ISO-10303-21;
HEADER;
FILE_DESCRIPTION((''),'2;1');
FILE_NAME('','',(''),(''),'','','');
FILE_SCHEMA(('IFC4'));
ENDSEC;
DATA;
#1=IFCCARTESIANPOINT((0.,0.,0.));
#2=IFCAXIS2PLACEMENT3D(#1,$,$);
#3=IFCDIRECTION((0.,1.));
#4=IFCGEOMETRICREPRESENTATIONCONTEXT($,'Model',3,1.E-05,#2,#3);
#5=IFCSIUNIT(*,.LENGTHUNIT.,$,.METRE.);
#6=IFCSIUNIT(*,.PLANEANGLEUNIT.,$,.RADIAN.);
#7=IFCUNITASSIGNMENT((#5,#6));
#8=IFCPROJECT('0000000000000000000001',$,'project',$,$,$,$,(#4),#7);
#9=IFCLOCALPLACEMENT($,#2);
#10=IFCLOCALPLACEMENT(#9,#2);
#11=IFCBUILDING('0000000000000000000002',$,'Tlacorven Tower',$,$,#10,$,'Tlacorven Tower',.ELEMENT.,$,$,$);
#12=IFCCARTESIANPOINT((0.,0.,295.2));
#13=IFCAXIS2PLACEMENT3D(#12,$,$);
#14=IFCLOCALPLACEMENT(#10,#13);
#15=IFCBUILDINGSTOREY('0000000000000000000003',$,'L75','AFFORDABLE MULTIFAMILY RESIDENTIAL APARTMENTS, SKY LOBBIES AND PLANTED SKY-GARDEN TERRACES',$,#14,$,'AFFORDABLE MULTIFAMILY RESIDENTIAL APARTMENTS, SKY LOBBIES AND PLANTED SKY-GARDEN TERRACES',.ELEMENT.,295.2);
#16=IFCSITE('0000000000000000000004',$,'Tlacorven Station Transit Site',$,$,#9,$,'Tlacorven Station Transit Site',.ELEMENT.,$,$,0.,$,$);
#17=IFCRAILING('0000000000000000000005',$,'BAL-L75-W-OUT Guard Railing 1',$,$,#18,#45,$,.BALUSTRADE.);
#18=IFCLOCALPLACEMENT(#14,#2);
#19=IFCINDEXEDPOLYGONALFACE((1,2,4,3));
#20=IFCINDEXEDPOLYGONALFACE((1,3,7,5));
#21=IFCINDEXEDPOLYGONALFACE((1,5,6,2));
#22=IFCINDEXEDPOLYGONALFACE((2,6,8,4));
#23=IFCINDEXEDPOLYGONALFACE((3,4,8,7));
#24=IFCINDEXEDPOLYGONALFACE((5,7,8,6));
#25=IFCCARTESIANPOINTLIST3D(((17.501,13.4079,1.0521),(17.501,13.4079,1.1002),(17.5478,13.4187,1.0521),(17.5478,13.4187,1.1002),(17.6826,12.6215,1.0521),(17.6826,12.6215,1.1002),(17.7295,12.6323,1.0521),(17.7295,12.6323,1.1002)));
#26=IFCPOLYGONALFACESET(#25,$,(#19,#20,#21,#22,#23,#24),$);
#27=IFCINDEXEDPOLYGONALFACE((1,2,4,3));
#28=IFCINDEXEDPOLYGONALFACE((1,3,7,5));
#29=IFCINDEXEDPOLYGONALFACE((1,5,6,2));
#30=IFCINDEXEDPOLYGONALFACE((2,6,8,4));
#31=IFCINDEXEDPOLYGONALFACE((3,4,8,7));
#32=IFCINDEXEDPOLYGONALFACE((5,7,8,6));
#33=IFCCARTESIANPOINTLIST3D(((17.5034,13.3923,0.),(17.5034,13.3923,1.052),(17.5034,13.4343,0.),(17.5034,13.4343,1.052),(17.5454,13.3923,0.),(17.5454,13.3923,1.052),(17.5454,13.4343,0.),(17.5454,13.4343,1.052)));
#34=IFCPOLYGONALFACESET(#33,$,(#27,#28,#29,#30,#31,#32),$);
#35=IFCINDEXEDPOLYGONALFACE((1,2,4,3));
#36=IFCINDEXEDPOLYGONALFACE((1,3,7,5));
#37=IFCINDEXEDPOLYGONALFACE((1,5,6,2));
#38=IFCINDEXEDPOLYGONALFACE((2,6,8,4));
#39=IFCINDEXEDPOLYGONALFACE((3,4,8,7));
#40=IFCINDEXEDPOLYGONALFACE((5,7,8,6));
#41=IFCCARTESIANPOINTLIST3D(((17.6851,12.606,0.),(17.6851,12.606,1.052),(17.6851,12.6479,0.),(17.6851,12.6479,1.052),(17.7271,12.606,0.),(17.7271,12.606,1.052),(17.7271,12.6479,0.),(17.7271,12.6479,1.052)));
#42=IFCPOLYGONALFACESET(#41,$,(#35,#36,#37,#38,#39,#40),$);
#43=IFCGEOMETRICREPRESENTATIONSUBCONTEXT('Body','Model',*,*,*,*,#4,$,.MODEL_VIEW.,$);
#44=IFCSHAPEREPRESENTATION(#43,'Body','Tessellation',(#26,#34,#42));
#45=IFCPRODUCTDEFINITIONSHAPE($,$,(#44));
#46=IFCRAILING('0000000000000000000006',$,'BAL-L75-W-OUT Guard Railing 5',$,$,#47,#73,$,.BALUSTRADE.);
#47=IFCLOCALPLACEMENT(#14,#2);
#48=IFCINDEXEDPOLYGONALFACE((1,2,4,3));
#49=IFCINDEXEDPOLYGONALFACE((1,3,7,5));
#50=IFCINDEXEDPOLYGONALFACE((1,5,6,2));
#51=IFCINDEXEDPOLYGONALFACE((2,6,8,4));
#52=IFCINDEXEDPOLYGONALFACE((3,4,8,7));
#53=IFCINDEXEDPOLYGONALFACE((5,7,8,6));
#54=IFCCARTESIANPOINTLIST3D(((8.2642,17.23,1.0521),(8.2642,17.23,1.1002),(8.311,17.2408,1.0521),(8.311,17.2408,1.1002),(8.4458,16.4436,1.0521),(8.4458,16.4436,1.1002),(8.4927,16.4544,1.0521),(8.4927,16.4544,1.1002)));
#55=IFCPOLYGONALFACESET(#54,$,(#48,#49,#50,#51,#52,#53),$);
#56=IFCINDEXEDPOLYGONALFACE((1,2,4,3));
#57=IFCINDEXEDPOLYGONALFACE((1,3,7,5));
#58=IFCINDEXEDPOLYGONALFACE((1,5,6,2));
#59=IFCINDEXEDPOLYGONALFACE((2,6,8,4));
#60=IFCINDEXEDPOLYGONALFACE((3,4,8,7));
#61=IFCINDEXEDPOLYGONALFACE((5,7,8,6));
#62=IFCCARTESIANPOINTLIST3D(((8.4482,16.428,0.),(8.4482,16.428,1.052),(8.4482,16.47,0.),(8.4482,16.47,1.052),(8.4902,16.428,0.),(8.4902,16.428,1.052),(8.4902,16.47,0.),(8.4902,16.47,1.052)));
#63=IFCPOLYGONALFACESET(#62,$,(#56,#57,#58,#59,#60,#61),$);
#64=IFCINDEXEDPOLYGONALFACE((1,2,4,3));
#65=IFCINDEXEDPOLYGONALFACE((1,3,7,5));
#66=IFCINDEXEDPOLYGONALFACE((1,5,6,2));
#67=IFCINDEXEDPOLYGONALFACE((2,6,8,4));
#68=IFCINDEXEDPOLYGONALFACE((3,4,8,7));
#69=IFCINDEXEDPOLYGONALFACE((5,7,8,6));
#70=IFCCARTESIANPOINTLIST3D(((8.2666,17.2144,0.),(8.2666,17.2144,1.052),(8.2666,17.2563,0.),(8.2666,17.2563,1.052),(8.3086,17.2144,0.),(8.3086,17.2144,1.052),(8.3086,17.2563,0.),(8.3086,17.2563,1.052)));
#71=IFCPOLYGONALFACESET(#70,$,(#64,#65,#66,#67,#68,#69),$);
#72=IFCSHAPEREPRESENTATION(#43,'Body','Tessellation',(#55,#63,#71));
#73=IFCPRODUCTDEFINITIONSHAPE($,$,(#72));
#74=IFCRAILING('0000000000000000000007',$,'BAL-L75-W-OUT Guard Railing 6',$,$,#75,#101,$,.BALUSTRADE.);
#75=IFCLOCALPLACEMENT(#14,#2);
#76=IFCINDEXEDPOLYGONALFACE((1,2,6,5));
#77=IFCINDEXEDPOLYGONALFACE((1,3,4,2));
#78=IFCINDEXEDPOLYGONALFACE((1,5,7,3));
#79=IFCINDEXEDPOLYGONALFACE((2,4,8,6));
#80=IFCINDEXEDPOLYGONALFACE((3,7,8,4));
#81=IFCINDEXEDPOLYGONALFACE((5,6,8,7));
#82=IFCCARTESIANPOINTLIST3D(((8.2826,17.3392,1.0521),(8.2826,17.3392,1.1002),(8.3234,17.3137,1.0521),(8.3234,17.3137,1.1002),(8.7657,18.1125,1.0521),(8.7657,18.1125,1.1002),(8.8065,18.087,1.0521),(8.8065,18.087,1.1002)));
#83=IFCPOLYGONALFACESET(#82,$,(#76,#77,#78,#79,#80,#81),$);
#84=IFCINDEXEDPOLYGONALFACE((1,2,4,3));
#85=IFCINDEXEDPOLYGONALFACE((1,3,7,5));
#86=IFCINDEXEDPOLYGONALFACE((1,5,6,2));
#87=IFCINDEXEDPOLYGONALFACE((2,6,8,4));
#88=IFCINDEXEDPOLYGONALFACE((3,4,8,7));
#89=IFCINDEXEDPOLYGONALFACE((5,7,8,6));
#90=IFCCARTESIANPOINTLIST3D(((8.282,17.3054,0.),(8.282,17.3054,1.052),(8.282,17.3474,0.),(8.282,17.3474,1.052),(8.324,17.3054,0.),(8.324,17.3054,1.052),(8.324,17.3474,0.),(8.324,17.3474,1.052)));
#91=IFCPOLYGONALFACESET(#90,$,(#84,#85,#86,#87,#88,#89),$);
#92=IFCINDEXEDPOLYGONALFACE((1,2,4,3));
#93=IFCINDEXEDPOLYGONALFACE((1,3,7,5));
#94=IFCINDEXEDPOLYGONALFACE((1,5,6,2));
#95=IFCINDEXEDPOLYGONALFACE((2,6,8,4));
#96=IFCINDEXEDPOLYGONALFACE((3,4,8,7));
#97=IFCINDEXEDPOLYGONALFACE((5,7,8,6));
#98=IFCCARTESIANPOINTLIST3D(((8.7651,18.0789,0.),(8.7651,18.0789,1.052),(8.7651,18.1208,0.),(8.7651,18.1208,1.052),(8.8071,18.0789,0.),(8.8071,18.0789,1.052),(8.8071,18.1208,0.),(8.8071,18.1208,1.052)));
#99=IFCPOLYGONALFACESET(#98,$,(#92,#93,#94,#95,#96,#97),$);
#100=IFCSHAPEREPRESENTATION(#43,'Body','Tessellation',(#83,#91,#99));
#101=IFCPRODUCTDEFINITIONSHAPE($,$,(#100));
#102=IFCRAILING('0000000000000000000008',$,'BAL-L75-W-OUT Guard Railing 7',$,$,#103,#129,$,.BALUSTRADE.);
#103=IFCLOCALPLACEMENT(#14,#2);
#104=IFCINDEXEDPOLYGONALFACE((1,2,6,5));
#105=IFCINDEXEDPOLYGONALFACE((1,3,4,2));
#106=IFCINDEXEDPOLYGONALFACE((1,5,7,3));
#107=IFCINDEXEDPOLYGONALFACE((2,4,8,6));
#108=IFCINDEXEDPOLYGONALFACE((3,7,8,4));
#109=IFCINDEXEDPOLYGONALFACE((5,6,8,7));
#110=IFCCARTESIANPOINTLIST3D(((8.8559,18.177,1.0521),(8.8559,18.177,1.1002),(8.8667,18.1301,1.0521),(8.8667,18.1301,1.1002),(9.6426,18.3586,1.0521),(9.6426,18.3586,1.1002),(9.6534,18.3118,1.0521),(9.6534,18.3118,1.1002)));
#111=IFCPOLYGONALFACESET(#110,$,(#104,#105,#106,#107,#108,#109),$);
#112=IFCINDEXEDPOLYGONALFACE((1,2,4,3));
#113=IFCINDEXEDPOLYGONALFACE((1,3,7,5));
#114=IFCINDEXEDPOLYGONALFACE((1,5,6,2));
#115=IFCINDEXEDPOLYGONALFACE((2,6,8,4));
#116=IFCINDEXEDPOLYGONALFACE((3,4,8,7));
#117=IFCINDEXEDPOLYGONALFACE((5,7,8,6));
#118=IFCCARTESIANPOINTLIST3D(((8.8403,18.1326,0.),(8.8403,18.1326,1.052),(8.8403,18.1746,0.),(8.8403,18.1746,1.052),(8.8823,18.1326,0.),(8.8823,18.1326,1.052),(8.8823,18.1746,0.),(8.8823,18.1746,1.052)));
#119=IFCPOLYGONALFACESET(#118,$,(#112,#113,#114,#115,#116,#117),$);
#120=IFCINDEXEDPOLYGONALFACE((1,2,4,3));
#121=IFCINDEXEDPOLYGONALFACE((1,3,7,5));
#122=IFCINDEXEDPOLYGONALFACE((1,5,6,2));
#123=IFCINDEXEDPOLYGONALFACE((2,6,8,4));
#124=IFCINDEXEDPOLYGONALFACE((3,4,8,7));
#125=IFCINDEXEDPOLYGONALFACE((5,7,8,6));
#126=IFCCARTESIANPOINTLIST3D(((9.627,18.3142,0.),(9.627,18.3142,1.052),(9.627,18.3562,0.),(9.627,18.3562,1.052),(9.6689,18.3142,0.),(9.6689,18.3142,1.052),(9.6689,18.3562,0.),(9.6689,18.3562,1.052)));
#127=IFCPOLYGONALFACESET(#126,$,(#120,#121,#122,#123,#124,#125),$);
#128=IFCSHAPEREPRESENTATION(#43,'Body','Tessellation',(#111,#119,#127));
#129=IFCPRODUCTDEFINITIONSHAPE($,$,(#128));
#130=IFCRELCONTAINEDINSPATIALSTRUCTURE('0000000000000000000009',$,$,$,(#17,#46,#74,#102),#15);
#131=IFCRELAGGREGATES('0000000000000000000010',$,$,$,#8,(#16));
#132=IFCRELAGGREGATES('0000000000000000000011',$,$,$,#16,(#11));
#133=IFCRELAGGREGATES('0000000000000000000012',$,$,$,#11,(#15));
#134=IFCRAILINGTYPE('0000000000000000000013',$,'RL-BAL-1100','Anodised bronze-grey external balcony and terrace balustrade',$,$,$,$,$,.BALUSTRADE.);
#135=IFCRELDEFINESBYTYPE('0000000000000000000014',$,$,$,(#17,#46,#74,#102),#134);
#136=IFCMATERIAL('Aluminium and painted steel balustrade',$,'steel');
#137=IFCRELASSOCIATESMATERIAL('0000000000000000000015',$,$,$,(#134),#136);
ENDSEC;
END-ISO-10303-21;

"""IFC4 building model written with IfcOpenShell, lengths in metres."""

from ifc_helpers import new_model, si_unit, direction, frame, origin, origin_2d, place, context, subcontext, project, spatial, rectangle, extrude, source, transform, mapped, material, type_object, element, save


model = new_model("IFC4")

# Units and contexts
model_context = context("Model", 3, precision=1e-05, world=origin(), true_north=direction((0.0, 1.0)))
body_context = subcontext(model_context, "Body", "Model", "MODEL_VIEW")
ifc_project = project(units=[si_unit("LENGTHUNIT", "METRE"), si_unit("PLANEANGLEUNIT", "RADIAN")], contexts=[model_context])

# Site, building, storey
site_placement = place(None, origin())
site = spatial("IfcSite", under=ifc_project, at=site_placement, Name="Tlacorven Station Transit Site", LongName="Tlacorven Station Transit Site", CompositionType="ELEMENT", RefElevation=0.0)
building_placement = place(site_placement, origin())
building = spatial("IfcBuilding", under=site, at=building_placement, Name="Tlacorven Tower", LongName="Tlacorven Tower", CompositionType="ELEMENT")
storey_placement = place(building_placement, frame((0.0, 0.0, 295.2)))
storey = spatial("IfcBuildingStorey", under=building, at=storey_placement, Name="L75", Description="AFFORDABLE MULTIFAMILY RESIDENTIAL APARTMENTS, SKY LOBBIES AND PLANTED SKY-GARDEN TERRACES", LongName="AFFORDABLE MULTIFAMILY RESIDENTIAL APARTMENTS, SKY LOBBIES AND PLANTED SKY-GARDEN TERRACES", CompositionType="ELEMENT", Elevation=295.2)

# Railings
ifc_material_1 = material(Name="Aluminium and painted steel balustrade", Category="steel")
railing_type = type_object("IfcRailingType", Name="RL-BAL-1100", Description="Anodised bronze-grey external balcony and terrace balustrade", PredefinedType="BALUSTRADE", material=ifc_material_1)
shared_shape_1 = source(origin(), body_context, "Body", "SweptSolid", [
    extrude(rectangle(XDim=0.0481, YDim=0.0481, at=origin_2d()), frame((0.0, 0.0, 1.0762), z_axis=(0.225058, -0.974345, 0.0), x_axis=(0.974345, 0.225058, 0.0)), (0.0, 0.0, 1.0), 0.8071),
    extrude(rectangle(XDim=0.042, YDim=0.042, at=origin_2d()), origin(), (0.0, 0.0, 1.0), 1.052),
    extrude(rectangle(XDim=0.042, YDim=0.042, at=origin_2d()), frame((0.1816, -0.7864, 0.0)), (0.0, 0.0, 1.0), 1.052),
])
railing_1_placement = place(storey_placement, frame((17.5244, 13.4133, 0.0)))
element("IfcRailing", 1, at=railing_1_placement, inside=storey, type_object=railing_type, Name="BAL-L75-W-OUT Guard Railing 1", PredefinedType="BALUSTRADE", context=body_context, shape_type="MappedRepresentation", body=[
    mapped(shared_shape_1, transform((0.0, 0.0, 0.0), scale=1.0)),
])
shared_shape_2 = source(origin(), body_context, "Body", "SweptSolid", [
    extrude(rectangle(XDim=0.0481, YDim=0.0481, at=origin_2d()), frame((0.0, 0.0, 1.0762), z_axis=(-0.225058, 0.974345, 0.0), x_axis=(-0.974345, -0.225058, 0.0)), (0.0, 0.0, 1.0), 0.8071),
    extrude(rectangle(XDim=0.042, YDim=0.042, at=origin_2d()), origin(), (0.0, 0.0, 1.0), 1.052),
    extrude(rectangle(XDim=0.042, YDim=0.042, at=origin_2d()), frame((-0.1816, 0.7864, 0.0)), (0.0, 0.0, 1.0), 1.052),
])
railing_2_placement = place(storey_placement, frame((8.4692, 16.449, 0.0)))
element("IfcRailing", 2, at=railing_2_placement, inside=storey, type_object=railing_type, Name="BAL-L75-W-OUT Guard Railing 5", PredefinedType="BALUSTRADE", context=body_context, shape_type="MappedRepresentation", body=[
    mapped(shared_shape_2, transform((0.0, 0.0, 0.0), scale=1.0)),
])
shared_shape_3 = source(origin(), body_context, "Body", "SweptSolid", [
    extrude(rectangle(XDim=0.0481, YDim=0.0481, at=origin_2d()), frame((0.0, 0.0, 1.0762), z_axis=(0.529806, 0.848119, 0.0), x_axis=(-0.848119, 0.529806, 0.0)), (0.0, 0.0, 1.0), 0.9119),
    extrude(rectangle(XDim=0.042, YDim=0.042, at=origin_2d()), origin(), (0.0, 0.0, 1.0), 1.052),
    extrude(rectangle(XDim=0.042, YDim=0.042, at=origin_2d()), frame((0.4832, 0.7734, 0.0)), (0.0, 0.0, 1.0), 1.052),
])
railing_3_placement = place(storey_placement, frame((8.303, 17.3264, 0.0)))
element("IfcRailing", 3, at=railing_3_placement, inside=storey, type_object=railing_type, Name="BAL-L75-W-OUT Guard Railing 6", PredefinedType="BALUSTRADE", context=body_context, shape_type="MappedRepresentation", body=[
    mapped(shared_shape_3, transform((0.0, 0.0, 0.0), scale=1.0)),
])
shared_shape_4 = source(origin(), body_context, "Body", "SweptSolid", [
    extrude(rectangle(XDim=0.0481, YDim=0.0481, at=origin_2d()), frame((0.0, 0.0, 1.0762), z_axis=(0.974361, 0.224992, 0.0), x_axis=(-0.224992, 0.974361, 0.0)), (0.0, 0.0, 1.0), 0.8074),
    extrude(rectangle(XDim=0.042, YDim=0.042, at=origin_2d()), origin(), (0.0, 0.0, 1.0), 1.052),
    extrude(rectangle(XDim=0.042, YDim=0.042, at=origin_2d()), frame((0.7866, 0.1816, 0.0)), (0.0, 0.0, 1.0), 1.052),
])
railing_4_placement = place(storey_placement, frame((8.8613, 18.1536, 0.0)))
element("IfcRailing", 4, at=railing_4_placement, inside=storey, type_object=railing_type, Name="BAL-L75-W-OUT Guard Railing 7", PredefinedType="BALUSTRADE", context=body_context, shape_type="MappedRepresentation", body=[
    mapped(shared_shape_4, transform((0.0, 0.0, 0.0), scale=1.0)),
])

save(model, "model.ifc")
